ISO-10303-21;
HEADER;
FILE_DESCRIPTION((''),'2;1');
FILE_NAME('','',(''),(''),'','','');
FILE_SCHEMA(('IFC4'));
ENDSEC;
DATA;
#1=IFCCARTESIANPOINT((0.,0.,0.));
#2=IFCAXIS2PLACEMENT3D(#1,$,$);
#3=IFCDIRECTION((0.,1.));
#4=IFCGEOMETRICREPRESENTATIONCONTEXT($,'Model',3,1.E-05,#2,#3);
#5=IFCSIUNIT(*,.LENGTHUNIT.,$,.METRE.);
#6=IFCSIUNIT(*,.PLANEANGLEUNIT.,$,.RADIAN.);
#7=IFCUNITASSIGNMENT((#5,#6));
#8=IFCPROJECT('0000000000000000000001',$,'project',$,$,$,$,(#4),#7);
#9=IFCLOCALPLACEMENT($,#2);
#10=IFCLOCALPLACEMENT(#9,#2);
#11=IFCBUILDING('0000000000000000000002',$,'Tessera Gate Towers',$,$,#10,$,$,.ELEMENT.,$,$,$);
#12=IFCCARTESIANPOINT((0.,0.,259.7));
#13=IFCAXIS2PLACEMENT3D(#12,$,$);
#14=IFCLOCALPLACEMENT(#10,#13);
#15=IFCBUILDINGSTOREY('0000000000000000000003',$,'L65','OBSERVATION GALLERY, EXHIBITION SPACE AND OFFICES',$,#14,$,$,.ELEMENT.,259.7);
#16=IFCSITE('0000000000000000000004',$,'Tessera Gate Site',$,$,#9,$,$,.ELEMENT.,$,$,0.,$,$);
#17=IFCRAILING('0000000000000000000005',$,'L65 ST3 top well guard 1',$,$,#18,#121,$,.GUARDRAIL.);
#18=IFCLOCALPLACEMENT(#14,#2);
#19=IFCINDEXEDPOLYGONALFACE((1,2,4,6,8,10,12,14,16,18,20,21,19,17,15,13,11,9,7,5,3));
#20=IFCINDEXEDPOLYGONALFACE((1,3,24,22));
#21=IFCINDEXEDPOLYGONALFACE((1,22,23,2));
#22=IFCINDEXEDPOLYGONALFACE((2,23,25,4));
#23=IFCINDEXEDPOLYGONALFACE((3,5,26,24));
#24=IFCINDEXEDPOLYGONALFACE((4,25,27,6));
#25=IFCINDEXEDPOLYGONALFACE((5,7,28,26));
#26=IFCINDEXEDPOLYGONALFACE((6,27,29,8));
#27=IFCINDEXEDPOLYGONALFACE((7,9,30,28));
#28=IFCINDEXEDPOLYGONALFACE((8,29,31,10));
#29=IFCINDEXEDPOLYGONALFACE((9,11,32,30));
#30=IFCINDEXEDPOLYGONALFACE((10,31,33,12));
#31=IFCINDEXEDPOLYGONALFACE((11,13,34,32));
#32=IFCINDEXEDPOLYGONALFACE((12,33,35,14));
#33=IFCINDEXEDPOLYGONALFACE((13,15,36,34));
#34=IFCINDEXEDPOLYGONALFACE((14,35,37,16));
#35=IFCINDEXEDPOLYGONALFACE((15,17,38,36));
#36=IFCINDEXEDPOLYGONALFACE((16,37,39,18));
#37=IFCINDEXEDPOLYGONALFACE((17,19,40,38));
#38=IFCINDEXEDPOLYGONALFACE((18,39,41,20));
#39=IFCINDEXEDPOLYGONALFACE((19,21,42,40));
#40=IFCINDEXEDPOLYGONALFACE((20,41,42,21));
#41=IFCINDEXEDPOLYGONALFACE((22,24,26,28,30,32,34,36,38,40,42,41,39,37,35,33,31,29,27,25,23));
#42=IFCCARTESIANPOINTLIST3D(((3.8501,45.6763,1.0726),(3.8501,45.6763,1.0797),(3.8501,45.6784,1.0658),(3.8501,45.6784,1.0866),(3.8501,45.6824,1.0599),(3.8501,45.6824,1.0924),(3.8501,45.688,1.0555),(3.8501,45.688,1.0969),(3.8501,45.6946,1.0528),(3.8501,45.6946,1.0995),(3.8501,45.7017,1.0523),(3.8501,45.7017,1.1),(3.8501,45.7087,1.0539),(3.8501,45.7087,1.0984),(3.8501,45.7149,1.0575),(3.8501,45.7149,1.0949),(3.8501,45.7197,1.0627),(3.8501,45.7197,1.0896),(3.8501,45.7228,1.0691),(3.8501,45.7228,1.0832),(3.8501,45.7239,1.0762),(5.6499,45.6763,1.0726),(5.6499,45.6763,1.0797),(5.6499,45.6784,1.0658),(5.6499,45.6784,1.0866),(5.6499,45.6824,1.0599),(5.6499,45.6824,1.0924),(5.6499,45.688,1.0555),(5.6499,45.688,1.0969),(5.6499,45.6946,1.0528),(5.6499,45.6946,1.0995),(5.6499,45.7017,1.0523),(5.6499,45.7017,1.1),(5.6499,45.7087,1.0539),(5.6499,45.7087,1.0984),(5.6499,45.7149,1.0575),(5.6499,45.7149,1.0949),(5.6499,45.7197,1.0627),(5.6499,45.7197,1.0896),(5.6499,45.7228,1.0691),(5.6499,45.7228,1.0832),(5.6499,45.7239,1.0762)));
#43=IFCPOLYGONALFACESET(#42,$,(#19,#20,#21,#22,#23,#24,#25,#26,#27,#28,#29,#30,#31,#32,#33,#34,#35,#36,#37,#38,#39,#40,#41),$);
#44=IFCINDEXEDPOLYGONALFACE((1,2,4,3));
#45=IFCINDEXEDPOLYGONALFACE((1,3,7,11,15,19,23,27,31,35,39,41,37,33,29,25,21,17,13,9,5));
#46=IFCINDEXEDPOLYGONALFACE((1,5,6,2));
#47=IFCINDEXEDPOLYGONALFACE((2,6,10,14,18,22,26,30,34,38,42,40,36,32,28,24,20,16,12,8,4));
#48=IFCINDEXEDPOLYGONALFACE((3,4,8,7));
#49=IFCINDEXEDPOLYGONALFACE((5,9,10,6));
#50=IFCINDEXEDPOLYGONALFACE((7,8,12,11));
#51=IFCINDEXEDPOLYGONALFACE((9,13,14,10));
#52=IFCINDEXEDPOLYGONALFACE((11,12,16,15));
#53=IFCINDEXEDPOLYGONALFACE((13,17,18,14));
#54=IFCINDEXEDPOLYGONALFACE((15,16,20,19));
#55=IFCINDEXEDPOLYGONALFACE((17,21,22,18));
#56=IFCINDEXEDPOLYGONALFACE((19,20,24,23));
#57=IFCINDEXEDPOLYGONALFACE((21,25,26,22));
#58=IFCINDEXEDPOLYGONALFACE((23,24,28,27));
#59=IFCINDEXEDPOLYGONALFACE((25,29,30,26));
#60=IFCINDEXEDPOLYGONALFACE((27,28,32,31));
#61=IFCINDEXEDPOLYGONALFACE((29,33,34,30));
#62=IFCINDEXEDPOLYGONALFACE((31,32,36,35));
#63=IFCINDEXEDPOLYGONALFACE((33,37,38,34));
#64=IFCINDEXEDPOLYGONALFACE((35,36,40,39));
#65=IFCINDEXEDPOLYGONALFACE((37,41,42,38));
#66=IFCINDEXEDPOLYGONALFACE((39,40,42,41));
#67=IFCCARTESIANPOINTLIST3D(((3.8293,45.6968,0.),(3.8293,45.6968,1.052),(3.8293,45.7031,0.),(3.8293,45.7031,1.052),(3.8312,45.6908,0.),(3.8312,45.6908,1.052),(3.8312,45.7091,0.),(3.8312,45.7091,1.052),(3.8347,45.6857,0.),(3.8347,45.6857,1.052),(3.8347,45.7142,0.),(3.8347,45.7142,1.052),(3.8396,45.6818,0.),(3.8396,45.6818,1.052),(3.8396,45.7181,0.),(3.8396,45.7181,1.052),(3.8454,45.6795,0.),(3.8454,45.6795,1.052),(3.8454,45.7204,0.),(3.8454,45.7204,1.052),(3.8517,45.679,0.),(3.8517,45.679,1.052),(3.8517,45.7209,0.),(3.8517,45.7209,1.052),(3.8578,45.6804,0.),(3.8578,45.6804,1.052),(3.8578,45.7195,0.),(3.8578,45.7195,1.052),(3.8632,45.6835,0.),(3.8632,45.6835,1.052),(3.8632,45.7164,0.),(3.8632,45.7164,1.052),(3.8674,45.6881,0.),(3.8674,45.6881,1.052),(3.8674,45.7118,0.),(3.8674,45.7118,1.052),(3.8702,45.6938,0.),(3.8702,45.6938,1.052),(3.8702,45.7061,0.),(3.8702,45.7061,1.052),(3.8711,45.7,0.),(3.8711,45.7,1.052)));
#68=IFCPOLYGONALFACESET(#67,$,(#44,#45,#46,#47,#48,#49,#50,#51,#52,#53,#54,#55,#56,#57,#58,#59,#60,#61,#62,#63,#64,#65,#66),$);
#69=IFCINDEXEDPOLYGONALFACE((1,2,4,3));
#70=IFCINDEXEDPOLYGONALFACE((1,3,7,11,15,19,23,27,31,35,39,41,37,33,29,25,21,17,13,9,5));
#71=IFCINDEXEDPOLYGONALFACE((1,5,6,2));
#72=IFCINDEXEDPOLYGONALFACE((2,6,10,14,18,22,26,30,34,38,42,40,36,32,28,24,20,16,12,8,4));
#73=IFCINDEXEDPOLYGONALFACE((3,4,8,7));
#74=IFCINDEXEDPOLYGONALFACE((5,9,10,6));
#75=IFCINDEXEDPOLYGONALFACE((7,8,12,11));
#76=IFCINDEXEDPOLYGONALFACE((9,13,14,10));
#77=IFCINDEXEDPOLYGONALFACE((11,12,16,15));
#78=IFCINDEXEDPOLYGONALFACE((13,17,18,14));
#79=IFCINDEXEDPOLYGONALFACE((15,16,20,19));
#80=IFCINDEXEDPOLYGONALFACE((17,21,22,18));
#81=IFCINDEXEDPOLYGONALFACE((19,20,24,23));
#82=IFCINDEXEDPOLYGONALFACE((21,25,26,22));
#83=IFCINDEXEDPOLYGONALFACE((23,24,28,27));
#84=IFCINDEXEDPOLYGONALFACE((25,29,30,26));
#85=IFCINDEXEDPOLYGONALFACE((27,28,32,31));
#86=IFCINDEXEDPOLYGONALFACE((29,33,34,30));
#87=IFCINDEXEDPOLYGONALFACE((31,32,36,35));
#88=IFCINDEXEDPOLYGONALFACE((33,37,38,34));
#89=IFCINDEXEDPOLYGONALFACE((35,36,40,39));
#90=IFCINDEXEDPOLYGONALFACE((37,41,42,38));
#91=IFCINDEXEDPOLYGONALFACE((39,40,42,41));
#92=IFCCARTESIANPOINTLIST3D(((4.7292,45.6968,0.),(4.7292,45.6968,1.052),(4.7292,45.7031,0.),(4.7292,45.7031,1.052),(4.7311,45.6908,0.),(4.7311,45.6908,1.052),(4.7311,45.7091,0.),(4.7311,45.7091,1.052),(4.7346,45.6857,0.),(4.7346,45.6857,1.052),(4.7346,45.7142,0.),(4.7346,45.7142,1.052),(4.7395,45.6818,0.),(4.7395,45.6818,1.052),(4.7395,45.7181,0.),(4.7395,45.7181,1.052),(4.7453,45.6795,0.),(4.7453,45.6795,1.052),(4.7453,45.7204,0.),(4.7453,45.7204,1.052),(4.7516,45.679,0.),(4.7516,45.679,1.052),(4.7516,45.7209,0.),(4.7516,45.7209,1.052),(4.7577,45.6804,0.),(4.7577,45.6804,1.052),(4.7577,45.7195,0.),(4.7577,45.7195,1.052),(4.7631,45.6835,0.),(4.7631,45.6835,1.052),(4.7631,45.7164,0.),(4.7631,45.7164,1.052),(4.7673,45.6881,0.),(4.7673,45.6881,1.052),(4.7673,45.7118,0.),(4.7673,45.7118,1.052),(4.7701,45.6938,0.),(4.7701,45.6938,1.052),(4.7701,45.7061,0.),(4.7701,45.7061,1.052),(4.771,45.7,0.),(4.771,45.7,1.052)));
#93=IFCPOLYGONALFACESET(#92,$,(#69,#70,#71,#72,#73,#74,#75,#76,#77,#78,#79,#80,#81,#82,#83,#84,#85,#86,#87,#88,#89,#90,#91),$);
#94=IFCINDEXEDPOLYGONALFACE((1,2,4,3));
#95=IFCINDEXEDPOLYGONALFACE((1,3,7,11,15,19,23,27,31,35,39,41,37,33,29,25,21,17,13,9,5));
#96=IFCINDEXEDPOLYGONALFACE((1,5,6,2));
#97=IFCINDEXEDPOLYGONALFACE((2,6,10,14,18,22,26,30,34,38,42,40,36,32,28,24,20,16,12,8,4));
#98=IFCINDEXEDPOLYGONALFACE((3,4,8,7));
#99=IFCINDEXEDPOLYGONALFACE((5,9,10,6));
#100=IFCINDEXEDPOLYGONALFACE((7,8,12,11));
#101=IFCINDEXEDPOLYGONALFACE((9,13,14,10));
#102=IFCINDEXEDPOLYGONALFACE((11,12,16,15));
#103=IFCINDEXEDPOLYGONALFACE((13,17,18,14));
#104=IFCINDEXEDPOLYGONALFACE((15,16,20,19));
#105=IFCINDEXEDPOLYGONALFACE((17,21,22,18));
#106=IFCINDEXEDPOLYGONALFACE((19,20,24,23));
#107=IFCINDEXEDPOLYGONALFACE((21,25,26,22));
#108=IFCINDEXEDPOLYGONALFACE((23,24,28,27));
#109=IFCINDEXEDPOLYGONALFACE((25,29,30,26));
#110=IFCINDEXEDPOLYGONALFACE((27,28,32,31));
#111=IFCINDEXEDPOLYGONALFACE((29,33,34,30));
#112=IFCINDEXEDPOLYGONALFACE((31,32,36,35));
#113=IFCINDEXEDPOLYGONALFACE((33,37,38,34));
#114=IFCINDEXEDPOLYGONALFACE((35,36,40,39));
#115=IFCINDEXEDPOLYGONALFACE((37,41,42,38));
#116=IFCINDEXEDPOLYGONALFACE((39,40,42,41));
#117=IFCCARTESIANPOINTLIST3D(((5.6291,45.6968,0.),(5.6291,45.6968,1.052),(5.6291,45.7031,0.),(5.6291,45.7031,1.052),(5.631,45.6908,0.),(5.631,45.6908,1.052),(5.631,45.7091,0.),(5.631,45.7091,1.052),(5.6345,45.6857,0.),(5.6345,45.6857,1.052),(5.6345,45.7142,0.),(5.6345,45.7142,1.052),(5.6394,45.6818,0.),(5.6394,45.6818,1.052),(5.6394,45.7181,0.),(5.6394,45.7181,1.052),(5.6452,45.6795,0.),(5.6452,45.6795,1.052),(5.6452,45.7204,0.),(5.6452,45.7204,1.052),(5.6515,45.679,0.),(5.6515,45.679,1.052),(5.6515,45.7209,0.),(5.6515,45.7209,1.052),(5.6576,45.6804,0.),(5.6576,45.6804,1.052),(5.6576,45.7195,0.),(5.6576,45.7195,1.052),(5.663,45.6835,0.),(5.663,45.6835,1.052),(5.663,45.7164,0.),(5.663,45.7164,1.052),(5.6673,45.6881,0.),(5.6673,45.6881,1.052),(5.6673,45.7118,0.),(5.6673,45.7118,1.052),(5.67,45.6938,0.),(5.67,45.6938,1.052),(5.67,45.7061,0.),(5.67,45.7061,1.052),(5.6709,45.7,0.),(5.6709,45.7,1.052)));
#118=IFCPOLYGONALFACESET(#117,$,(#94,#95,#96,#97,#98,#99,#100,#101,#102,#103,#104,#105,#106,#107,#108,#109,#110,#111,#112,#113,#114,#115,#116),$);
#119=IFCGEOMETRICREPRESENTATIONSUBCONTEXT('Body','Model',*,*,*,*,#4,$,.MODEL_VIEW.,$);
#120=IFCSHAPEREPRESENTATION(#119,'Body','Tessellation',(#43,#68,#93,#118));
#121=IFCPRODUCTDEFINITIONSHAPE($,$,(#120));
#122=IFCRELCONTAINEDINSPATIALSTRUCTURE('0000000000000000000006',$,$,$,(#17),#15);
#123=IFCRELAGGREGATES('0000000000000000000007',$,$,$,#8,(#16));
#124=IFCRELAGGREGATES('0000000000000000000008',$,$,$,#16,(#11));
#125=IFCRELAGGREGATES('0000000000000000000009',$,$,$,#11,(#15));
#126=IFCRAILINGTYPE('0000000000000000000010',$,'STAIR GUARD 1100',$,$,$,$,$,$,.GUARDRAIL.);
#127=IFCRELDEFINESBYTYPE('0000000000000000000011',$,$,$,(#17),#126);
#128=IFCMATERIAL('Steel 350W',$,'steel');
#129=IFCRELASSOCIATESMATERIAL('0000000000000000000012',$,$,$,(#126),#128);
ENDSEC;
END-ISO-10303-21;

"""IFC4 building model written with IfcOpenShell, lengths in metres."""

from ifc_helpers import new_model, si_unit, direction, frame, origin, origin_2d, place, context, subcontext, project, spatial, circle, extrude, material, type_object, element, save


model = new_model("IFC4")

# Units and contexts
model_context = context("Model", 3, precision=1e-05, world=origin(), true_north=direction((0.0, 1.0)))
body_context = subcontext(model_context, "Body", "Model", "MODEL_VIEW")
ifc_project = project(units=[si_unit("LENGTHUNIT", "METRE"), si_unit("PLANEANGLEUNIT", "RADIAN")], contexts=[model_context])

# Site, building, storey
site_placement = place(None, origin())
site = spatial("IfcSite", under=ifc_project, at=site_placement, Name="Tessera Gate Site", CompositionType="ELEMENT", RefElevation=0.0)
building_placement = place(site_placement, origin())
building = spatial("IfcBuilding", under=site, at=building_placement, Name="Tessera Gate Towers", CompositionType="ELEMENT")
storey_placement = place(building_placement, frame((0.0, 0.0, 259.7)))
storey = spatial("IfcBuildingStorey", under=building, at=storey_placement, Name="L65", Description="OBSERVATION GALLERY, EXHIBITION SPACE AND OFFICES", CompositionType="ELEMENT", Elevation=259.7)

# Railing
ifc_material_1 = material(Name="Steel 350W", Category="steel")
railing_type_1 = type_object("IfcRailingType", Name="STAIR GUARD 1100", PredefinedType="GUARDRAIL", material=ifc_material_1)
railing_1_placement = place(storey_placement, frame((3.8501, 45.7, 0.0)))
element("IfcRailing", 1, at=railing_1_placement, inside=storey, type_object=railing_type_1, Name="L65 ST3 top well guard 1", PredefinedType="GUARDRAIL", context=body_context, shape_type="SweptSolid", body=[
    extrude(circle(Radius=0.0239, at=origin_2d()), frame((0.0, 0.0, 1.0762), z_axis=(1.0, 0.0, 0.0), x_axis=(0.0, 1.0, 0.0)), (0.0, 0.0, 1.0), 1.7998),
    extrude(circle(Radius=0.021, at=origin_2d()), origin(), (0.0, 0.0, 1.0), 1.052),
    extrude(circle(Radius=0.021, at=origin_2d()), frame((0.8999, 0.0, 0.0)), (0.0, 0.0, 1.0), 1.052),
    extrude(circle(Radius=0.021, at=origin_2d()), frame((1.7998, 0.0, 0.0)), (0.0, 0.0, 1.0), 1.052),
])

save(model, "model.ifc")
